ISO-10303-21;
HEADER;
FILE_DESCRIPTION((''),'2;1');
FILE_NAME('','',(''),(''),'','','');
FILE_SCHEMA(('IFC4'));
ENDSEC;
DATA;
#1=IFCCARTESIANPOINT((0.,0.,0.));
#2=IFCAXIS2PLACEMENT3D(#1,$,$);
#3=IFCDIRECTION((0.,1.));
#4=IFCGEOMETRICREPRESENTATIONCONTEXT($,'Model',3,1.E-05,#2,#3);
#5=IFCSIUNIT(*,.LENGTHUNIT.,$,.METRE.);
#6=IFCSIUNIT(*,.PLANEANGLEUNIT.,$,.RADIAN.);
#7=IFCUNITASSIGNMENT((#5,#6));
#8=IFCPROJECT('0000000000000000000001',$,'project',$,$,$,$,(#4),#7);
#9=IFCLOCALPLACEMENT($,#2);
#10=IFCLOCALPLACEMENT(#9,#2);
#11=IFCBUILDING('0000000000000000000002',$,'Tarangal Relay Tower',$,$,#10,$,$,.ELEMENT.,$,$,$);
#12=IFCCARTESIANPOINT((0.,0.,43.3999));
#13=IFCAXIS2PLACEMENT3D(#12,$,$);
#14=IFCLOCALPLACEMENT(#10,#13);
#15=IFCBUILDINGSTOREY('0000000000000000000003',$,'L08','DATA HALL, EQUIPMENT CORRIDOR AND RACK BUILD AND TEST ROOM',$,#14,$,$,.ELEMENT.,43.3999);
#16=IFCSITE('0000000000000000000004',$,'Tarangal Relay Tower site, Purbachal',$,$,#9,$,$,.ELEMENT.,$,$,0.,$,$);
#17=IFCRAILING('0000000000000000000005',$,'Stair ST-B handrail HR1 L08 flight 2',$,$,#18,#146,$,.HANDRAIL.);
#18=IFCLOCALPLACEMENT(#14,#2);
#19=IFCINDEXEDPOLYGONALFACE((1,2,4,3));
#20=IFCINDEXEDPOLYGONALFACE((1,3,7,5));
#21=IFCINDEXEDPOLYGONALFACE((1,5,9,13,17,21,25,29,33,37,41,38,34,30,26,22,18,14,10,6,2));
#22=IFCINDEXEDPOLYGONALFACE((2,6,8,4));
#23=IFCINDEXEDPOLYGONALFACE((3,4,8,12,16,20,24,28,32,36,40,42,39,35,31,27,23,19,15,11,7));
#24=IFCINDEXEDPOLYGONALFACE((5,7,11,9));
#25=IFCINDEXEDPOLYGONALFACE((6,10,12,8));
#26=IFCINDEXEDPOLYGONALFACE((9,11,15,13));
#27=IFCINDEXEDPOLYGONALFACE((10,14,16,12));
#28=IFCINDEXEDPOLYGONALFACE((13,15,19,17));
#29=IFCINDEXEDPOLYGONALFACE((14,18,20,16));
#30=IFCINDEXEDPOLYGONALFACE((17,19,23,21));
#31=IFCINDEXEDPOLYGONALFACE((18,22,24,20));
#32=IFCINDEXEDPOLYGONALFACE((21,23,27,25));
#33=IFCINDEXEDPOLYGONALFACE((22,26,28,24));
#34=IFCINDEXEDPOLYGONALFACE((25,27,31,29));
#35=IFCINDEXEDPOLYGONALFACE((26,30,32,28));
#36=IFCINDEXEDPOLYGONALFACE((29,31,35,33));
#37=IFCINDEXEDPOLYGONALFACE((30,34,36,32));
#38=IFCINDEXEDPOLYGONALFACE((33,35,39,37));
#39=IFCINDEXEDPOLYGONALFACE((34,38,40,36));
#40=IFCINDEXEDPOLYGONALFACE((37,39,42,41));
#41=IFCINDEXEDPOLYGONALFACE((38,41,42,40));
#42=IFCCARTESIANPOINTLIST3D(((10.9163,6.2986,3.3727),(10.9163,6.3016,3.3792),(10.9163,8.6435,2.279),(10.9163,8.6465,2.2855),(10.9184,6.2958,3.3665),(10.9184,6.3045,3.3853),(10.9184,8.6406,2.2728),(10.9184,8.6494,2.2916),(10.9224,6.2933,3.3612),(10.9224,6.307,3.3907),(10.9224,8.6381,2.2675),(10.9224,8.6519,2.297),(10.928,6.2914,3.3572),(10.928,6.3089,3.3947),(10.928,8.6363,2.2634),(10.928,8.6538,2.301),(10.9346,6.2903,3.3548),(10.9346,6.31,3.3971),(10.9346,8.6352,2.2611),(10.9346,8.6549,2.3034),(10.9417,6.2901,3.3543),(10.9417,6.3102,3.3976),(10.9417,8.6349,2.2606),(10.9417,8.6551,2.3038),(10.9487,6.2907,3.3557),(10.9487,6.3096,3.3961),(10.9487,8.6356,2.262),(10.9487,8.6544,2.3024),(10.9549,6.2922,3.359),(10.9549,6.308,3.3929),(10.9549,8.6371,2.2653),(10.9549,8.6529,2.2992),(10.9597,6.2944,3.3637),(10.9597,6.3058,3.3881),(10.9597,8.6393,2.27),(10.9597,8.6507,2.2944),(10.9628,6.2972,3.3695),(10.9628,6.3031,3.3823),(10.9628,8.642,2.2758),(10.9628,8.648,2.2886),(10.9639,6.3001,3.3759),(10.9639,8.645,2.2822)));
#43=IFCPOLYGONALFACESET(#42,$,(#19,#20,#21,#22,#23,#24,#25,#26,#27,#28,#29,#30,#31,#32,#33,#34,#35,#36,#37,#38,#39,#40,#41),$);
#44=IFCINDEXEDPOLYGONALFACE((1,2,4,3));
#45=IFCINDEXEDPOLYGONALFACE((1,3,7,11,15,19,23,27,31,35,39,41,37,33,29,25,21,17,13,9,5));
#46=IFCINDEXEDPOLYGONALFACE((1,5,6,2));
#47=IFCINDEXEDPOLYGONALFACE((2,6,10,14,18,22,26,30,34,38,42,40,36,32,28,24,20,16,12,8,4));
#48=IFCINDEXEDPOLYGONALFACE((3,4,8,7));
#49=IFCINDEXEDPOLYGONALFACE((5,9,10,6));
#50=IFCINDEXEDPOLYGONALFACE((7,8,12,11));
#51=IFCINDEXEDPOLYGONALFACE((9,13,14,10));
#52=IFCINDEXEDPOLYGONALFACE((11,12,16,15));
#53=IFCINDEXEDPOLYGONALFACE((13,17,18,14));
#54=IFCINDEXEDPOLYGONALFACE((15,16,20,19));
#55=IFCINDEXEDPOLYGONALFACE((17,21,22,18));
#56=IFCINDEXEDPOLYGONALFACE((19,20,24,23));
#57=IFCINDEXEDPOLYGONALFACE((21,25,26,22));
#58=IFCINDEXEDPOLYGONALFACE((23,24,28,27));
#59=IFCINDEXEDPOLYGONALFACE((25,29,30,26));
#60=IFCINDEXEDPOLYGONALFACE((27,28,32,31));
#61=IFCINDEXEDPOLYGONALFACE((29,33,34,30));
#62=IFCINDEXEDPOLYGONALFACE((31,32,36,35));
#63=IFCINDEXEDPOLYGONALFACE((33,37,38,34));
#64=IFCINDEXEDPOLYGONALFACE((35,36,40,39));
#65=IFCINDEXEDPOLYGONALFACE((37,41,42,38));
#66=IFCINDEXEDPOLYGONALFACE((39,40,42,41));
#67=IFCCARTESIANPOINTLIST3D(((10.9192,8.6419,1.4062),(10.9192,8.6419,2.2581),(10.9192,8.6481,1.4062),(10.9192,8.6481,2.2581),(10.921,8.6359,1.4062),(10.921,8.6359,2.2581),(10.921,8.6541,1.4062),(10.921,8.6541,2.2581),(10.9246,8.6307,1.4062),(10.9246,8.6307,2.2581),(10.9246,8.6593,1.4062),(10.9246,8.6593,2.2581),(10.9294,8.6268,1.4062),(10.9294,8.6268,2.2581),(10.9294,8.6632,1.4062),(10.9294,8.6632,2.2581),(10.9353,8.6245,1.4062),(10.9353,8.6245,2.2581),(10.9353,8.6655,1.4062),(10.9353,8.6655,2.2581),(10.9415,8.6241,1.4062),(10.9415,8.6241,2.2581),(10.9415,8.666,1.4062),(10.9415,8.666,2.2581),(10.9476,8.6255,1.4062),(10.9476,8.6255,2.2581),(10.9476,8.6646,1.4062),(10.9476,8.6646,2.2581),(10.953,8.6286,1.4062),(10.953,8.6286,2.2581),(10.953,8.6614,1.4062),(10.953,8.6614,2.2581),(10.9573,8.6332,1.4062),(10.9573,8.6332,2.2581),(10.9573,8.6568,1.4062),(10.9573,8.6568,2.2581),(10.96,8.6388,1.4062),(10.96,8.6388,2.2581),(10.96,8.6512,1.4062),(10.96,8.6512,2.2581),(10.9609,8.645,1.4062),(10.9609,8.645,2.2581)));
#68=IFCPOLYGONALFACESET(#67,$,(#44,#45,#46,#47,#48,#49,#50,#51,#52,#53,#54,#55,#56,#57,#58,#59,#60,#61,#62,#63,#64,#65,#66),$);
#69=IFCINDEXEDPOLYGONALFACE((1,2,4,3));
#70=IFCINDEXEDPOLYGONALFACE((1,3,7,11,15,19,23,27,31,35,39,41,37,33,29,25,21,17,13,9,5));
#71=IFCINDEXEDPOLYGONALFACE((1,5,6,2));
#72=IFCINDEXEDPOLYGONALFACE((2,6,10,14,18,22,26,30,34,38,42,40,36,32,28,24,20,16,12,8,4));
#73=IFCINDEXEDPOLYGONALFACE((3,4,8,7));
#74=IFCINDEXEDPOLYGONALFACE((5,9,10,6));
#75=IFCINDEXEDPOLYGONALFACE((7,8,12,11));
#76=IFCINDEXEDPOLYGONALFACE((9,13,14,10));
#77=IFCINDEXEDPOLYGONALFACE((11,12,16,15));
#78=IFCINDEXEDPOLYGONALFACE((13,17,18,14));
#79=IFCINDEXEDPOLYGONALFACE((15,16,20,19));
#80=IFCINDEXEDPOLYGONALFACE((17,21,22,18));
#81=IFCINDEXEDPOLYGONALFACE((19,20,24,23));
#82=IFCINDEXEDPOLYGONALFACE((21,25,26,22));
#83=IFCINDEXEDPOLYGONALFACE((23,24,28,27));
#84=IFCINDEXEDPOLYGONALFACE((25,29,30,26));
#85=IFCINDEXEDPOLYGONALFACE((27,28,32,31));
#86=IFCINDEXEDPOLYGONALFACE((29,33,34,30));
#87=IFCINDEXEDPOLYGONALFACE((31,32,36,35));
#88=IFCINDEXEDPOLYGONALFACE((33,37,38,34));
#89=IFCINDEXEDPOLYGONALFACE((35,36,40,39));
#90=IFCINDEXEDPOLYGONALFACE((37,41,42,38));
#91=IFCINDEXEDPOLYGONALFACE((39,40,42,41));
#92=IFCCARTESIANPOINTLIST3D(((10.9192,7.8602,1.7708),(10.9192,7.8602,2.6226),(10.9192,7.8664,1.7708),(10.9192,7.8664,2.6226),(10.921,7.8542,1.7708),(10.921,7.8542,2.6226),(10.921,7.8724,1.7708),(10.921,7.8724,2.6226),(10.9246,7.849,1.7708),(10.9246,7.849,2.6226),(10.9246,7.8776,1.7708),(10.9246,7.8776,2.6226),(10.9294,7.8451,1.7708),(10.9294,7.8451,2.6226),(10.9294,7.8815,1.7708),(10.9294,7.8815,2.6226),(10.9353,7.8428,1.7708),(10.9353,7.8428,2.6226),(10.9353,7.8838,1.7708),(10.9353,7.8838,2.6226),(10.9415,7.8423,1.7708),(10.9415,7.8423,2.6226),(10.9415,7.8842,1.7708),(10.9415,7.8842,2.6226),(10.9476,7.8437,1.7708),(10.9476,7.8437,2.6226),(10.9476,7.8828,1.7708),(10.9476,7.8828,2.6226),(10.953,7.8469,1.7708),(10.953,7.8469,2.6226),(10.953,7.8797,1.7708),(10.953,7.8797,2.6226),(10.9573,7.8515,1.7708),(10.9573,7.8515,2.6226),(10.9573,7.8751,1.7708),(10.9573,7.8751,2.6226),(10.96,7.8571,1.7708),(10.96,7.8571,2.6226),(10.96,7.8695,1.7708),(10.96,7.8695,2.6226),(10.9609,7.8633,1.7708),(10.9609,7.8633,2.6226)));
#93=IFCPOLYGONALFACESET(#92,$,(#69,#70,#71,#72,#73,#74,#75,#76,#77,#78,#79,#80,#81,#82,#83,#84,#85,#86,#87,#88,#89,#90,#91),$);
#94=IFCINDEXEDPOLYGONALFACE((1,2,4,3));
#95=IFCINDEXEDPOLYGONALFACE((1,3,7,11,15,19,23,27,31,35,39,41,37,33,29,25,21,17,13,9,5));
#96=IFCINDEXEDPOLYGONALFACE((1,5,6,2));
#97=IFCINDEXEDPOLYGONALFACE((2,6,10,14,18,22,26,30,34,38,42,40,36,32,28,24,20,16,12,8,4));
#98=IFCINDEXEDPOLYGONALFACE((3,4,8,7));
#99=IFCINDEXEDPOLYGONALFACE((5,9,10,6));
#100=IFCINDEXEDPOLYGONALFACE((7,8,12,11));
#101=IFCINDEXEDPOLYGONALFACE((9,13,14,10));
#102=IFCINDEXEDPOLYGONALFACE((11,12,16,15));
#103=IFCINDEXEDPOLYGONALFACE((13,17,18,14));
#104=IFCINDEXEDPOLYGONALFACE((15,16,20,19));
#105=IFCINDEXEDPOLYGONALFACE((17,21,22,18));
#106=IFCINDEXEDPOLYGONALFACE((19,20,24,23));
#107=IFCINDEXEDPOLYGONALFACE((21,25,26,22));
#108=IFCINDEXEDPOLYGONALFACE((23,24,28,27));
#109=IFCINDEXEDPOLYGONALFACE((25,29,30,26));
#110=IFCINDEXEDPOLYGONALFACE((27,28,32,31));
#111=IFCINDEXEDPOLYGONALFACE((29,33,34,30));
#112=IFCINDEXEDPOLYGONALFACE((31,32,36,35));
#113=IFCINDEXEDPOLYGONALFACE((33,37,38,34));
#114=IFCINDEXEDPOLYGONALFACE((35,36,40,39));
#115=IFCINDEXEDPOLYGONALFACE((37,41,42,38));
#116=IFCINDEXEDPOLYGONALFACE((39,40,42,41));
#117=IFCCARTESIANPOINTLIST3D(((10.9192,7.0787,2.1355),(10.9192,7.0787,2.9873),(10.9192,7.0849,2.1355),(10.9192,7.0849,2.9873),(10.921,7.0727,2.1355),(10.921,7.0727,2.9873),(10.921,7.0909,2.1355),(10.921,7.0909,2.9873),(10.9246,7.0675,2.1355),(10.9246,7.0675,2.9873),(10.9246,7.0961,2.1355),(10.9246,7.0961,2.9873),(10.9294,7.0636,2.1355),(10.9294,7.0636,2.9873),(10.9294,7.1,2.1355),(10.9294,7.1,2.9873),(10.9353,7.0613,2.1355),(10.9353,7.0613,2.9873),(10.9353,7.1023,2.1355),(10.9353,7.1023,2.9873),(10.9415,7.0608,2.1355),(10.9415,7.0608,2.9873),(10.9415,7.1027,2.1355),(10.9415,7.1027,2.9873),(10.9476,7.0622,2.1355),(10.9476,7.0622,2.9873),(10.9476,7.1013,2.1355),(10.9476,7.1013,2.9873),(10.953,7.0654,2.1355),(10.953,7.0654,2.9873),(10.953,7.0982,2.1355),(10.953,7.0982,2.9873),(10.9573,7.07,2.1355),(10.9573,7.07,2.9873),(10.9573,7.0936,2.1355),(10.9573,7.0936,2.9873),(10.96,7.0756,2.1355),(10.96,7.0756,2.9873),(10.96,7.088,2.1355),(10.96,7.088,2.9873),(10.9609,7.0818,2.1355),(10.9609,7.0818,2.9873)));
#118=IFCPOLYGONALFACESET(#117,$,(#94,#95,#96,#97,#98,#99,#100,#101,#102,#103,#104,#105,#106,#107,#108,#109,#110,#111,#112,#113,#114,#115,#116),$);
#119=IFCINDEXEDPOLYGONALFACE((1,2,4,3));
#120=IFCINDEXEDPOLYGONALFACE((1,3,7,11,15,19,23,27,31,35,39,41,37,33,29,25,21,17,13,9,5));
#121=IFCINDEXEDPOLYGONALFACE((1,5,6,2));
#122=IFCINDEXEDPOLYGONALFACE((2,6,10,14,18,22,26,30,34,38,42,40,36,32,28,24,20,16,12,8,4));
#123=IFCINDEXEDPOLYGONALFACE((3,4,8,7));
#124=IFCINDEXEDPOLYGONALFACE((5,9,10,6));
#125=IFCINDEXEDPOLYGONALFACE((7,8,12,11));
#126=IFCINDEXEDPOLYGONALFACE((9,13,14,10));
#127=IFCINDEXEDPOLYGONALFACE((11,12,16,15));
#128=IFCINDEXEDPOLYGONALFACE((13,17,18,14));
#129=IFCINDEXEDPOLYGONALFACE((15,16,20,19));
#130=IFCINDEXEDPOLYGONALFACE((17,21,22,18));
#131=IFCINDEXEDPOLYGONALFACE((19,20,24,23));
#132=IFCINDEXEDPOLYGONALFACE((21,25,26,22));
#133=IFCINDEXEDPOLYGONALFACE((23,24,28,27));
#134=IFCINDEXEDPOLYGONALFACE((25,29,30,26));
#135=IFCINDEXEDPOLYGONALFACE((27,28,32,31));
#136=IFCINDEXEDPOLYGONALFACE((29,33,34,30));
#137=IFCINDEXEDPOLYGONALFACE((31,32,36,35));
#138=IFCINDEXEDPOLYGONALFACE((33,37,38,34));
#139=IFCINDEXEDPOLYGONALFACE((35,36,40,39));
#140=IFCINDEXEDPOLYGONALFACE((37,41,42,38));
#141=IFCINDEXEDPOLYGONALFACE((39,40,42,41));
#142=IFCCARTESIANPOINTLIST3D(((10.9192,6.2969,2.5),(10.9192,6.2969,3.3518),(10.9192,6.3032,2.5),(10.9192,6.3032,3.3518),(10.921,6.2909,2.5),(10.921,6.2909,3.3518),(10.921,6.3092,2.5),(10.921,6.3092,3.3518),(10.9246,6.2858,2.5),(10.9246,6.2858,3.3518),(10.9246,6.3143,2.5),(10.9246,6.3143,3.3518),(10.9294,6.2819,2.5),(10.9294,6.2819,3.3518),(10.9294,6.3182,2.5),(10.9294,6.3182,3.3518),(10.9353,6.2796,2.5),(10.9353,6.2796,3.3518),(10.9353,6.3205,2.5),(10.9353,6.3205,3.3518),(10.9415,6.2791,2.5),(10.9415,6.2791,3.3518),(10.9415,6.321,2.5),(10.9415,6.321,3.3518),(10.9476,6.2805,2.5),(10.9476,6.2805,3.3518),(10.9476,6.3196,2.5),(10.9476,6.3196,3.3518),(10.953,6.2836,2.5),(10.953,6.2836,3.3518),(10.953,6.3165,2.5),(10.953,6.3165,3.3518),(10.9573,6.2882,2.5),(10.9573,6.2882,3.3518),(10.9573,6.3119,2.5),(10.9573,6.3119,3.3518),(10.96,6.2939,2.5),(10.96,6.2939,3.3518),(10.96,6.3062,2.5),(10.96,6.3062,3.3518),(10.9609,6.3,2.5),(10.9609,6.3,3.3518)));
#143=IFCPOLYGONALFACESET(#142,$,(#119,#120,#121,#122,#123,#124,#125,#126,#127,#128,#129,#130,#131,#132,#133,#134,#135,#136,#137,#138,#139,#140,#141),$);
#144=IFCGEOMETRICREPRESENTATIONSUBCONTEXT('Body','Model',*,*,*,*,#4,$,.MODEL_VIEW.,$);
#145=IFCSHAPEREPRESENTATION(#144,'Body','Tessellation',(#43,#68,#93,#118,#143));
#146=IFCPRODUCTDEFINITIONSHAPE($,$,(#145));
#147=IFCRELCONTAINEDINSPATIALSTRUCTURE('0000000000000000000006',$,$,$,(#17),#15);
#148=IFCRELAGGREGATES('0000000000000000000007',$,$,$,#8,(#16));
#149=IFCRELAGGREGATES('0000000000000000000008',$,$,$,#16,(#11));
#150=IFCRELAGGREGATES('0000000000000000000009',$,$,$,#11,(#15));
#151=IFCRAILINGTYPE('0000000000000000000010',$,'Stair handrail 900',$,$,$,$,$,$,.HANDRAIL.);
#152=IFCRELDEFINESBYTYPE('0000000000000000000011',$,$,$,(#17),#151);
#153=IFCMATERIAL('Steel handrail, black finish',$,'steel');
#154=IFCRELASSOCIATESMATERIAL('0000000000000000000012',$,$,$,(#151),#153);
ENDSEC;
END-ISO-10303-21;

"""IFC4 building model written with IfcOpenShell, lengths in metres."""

from ifc_helpers import new_model, si_unit, direction, frame, origin, origin_2d, place, context, subcontext, project, spatial, circle, extrude, material, type_object, element, save


model = new_model("IFC4")

# Units and contexts
model_context = context("Model", 3, precision=1e-05, world=origin(), true_north=direction((0.0, 1.0)))
body_context = subcontext(model_context, "Body", "Model", "MODEL_VIEW")
ifc_project = project(units=[si_unit("LENGTHUNIT", "METRE"), si_unit("PLANEANGLEUNIT", "RADIAN")], contexts=[model_context])

# Site, building, storey
site_placement = place(None, origin())
site = spatial("IfcSite", under=ifc_project, at=site_placement, Name="Tarangal Relay Tower site, Purbachal", CompositionType="ELEMENT", RefElevation=0.0)
building_placement = place(site_placement, origin())
building = spatial("IfcBuilding", under=site, at=building_placement, Name="Tarangal Relay Tower", CompositionType="ELEMENT")
storey_placement = place(building_placement, frame((0.0, 0.0, 43.3999)))
storey = spatial("IfcBuildingStorey", under=building, at=storey_placement, Name="L08", Description="DATA HALL, EQUIPMENT CORRIDOR AND RACK BUILD AND TEST ROOM", CompositionType="ELEMENT", Elevation=43.3999)

# Railing
ifc_material_1 = material(Name="Steel handrail, black finish", Category="steel")
railing_type_1 = type_object("IfcRailingType", Name="Stair handrail 900", PredefinedType="HANDRAIL", material=ifc_material_1)
for number, where, name in (
    (1, (10.9399, 8.645, 1.4062), "Stair ST-B handrail HR1 L08 flight 2"),
):
    element("IfcRailing", number, at=place(storey_placement, frame(where)), inside=storey, type_object=railing_type_1, Name=name, PredefinedType="HANDRAIL", context=body_context, shape_type="SweptSolid", body=[
        extrude(circle(Radius=0.0239, at=origin_2d()), frame((0.0, 0.0, 0.876), z_axis=(0.0, -0.906267, 0.422705), x_axis=(1.0, 0.0, 0.0)), (0.0, 0.0, 1.0), 2.5874),
        extrude(circle(Radius=0.021, at=origin_2d()), origin(), (0.0, 0.0, 1.0), 0.8518),
        extrude(circle(Radius=0.021, at=origin_2d()), frame((0.0, -0.7817, 0.3645)), (0.0, 0.0, 1.0), 0.8518),
        extrude(circle(Radius=0.021, at=origin_2d()), frame((0.0, -1.5632, 0.7292)), (0.0, 0.0, 1.0), 0.8518),
        extrude(circle(Radius=0.021, at=origin_2d()), frame((0.0, -2.345, 1.0938)), (0.0, 0.0, 1.0), 0.8518),
    ])

save(model, "model.ifc")
